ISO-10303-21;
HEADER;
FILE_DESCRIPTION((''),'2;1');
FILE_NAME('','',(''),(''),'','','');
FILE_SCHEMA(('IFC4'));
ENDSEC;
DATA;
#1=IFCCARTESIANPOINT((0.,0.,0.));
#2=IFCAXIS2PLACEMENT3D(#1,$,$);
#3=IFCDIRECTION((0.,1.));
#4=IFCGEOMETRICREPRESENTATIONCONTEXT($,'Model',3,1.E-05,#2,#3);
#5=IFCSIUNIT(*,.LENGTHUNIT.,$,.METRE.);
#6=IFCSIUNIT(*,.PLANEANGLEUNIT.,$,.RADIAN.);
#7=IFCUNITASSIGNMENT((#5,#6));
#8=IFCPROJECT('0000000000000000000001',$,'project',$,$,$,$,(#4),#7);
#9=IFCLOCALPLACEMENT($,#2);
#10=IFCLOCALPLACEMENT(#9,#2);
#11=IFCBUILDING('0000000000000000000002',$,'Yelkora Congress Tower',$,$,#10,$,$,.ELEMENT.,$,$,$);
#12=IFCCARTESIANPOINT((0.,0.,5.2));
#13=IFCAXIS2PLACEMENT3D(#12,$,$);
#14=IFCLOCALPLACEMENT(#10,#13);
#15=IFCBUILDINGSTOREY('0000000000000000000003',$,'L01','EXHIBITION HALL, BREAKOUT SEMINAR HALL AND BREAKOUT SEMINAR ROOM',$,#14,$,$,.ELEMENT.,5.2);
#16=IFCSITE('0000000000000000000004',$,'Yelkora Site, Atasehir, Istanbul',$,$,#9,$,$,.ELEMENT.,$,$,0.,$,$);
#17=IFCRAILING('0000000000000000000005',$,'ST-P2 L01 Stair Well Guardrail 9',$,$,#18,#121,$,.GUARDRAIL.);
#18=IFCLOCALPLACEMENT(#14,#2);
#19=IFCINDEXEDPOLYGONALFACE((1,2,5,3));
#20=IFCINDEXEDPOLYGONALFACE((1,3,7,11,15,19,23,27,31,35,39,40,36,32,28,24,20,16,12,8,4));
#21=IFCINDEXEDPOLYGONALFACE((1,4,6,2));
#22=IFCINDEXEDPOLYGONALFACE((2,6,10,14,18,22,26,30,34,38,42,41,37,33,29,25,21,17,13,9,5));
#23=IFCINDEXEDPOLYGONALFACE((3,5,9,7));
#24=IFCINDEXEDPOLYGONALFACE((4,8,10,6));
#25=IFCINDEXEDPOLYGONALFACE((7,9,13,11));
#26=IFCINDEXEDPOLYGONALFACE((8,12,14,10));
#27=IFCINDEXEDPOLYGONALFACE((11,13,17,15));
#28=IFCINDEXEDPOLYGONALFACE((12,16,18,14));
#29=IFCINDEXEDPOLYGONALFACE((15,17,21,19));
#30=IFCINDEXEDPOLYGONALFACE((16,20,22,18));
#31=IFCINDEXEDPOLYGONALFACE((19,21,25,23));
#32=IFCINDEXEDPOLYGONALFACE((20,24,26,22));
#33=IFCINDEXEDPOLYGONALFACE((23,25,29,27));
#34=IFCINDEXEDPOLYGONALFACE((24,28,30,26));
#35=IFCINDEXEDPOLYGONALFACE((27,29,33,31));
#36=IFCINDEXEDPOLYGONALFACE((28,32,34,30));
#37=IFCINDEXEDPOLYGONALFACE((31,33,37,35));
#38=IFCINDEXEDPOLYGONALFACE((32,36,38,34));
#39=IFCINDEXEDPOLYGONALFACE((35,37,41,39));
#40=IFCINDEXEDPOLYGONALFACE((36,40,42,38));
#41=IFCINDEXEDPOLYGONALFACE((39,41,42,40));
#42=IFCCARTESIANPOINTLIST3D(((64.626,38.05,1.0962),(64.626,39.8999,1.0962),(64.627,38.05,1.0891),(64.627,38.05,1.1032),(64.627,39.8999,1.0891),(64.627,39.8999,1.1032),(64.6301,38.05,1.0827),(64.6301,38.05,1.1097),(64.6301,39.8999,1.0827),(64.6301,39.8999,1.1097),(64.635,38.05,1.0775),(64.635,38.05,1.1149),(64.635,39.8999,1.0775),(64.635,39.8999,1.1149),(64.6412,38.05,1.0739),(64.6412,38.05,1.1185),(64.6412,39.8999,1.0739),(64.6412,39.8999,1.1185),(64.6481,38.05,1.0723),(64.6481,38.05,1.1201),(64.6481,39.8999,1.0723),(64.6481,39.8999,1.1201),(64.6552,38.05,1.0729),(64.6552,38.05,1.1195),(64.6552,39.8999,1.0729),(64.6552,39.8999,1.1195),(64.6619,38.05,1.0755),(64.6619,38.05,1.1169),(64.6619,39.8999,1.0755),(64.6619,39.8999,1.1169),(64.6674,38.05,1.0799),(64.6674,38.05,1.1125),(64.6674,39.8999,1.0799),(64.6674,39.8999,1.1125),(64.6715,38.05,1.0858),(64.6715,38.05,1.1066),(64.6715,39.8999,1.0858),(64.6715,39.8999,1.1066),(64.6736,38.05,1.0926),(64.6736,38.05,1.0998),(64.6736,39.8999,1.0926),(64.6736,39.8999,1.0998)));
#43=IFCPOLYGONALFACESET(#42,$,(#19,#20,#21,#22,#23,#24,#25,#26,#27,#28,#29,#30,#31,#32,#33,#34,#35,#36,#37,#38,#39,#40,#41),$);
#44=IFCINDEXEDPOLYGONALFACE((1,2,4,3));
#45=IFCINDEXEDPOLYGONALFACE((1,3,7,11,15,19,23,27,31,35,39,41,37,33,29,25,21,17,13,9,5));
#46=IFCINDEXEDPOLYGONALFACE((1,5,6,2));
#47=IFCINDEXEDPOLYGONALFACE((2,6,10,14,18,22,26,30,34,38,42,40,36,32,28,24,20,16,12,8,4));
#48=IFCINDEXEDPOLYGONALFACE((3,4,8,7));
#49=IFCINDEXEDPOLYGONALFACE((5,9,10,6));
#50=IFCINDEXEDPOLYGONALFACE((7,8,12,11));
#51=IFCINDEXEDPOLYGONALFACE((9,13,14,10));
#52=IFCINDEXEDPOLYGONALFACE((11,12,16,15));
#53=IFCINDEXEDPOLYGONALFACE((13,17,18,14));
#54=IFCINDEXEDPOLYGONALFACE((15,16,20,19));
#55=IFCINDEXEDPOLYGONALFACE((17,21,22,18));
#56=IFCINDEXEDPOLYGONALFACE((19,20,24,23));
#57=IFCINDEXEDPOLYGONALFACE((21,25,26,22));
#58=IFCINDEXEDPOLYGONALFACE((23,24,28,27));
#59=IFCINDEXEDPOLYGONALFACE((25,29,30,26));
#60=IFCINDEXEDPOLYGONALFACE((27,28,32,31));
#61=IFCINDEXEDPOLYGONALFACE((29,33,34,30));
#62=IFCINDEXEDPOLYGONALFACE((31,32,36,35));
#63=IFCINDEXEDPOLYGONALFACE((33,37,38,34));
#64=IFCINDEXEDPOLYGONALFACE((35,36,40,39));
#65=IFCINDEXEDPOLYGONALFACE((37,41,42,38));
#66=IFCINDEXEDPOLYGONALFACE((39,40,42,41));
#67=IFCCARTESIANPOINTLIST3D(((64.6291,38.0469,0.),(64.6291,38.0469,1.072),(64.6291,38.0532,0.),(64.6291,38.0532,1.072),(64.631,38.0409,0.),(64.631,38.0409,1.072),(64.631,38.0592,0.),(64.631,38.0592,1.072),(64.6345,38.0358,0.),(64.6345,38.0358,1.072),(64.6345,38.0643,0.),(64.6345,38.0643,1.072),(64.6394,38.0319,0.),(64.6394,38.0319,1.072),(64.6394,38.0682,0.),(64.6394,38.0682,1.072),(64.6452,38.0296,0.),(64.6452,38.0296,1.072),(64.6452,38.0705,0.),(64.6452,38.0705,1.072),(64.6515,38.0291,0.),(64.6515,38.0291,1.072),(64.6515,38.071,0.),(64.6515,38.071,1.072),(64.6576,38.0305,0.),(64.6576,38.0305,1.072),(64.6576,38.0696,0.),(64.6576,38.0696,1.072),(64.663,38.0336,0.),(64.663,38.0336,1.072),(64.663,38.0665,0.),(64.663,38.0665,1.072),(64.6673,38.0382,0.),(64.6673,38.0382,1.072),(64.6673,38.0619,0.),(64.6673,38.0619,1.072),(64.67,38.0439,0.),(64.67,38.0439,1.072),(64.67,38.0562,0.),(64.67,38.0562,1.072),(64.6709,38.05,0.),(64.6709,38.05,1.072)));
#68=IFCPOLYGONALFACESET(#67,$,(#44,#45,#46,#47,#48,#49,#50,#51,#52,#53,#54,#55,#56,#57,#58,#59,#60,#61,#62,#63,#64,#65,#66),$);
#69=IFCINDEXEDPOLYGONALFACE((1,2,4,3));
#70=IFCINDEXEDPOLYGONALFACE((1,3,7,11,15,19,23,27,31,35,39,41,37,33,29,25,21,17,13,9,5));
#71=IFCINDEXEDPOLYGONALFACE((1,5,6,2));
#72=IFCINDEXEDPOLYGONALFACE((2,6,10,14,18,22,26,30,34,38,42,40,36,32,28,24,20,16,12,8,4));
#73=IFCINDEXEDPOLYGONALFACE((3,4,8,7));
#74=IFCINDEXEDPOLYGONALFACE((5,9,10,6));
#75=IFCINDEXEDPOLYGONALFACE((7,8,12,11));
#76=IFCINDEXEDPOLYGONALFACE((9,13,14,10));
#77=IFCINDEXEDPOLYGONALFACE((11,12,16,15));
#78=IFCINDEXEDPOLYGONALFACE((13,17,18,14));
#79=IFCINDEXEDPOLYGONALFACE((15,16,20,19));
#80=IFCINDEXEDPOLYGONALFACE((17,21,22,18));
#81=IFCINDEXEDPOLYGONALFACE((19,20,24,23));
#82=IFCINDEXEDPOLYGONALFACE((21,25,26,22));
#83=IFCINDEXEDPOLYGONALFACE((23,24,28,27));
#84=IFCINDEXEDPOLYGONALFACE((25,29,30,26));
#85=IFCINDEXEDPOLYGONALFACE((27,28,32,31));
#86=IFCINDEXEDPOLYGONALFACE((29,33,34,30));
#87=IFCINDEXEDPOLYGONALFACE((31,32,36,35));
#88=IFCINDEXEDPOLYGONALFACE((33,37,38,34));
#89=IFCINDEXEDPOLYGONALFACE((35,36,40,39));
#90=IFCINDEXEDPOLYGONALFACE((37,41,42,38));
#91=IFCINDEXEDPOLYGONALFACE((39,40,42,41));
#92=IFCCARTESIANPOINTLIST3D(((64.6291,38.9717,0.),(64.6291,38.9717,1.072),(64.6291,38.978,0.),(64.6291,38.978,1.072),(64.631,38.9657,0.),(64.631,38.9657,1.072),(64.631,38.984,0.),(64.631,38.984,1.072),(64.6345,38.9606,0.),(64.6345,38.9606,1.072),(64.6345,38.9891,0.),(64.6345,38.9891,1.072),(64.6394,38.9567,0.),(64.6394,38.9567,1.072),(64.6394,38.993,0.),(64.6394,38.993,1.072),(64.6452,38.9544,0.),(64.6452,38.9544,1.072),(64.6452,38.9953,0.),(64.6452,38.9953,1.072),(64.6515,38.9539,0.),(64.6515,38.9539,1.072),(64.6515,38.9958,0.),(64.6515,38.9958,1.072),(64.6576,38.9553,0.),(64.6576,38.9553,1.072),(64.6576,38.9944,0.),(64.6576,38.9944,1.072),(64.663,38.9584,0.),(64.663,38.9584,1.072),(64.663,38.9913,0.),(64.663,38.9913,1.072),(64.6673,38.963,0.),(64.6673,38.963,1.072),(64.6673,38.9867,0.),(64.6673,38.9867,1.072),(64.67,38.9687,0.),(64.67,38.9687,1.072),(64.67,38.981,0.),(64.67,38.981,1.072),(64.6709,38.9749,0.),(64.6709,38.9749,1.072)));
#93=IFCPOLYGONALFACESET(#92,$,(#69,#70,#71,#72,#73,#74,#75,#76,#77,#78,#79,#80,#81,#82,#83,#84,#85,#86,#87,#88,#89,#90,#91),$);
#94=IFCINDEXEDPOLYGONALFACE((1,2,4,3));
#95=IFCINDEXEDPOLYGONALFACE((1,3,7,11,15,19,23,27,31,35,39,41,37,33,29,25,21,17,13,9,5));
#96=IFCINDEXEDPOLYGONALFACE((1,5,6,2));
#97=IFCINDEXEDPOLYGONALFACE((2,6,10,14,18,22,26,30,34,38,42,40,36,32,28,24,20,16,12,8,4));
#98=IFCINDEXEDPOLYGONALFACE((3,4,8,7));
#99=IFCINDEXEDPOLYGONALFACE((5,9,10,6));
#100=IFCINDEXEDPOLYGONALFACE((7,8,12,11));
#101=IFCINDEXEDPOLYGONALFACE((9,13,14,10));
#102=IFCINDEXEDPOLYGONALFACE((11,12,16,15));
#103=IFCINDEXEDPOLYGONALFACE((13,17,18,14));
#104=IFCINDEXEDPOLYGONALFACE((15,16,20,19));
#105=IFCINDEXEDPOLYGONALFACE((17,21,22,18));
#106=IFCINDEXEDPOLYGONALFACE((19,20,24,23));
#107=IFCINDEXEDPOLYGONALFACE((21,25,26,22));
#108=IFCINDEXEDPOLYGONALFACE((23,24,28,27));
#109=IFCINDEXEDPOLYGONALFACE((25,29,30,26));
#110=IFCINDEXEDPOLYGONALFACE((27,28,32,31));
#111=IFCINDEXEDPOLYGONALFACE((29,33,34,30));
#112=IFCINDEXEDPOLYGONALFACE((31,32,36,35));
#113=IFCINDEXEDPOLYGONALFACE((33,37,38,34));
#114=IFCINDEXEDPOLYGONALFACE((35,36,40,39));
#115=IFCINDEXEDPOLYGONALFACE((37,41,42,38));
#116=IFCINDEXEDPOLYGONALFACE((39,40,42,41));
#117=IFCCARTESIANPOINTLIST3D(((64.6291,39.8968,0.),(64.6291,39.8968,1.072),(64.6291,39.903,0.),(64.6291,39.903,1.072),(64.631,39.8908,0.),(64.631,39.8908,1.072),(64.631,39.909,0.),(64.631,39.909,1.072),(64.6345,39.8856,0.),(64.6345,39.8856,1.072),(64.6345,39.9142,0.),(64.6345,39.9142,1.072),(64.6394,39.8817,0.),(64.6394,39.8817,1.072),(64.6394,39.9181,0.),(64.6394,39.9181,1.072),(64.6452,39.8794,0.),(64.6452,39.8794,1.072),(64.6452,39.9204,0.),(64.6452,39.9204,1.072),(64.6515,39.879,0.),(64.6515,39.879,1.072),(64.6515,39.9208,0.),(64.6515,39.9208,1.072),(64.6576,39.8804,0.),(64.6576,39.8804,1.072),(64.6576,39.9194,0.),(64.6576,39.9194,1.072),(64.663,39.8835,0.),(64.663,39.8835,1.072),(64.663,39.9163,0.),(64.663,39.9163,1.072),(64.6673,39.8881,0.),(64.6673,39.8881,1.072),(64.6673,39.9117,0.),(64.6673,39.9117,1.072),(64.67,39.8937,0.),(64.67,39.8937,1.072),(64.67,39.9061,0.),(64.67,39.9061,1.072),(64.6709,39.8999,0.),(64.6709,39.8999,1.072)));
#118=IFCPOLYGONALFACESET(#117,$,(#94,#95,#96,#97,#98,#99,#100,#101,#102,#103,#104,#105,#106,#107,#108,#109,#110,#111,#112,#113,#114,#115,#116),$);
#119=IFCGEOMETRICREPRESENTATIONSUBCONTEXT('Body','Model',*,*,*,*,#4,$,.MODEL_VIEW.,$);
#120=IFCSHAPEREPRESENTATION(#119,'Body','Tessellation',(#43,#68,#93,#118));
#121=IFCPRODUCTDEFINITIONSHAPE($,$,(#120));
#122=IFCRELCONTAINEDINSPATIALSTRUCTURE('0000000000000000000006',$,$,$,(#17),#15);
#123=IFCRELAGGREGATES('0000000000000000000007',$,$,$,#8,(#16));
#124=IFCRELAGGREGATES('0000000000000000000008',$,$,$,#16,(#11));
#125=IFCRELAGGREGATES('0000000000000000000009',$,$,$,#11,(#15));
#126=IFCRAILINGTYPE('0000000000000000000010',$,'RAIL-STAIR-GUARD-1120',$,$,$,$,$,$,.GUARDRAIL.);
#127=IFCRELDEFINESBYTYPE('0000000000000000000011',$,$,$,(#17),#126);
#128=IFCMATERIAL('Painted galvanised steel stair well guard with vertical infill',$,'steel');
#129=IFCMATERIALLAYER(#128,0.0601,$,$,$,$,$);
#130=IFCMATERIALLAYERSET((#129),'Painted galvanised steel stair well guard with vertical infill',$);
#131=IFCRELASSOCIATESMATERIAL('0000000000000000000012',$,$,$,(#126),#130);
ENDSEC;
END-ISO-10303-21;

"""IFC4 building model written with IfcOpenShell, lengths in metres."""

from ifc_helpers import new_model, si_unit, direction, frame, origin, origin_2d, place, context, subcontext, project, spatial, circle, extrude, material, layer, layer_set, type_object, element, save


model = new_model("IFC4")

# Units and contexts
model_context = context("Model", 3, precision=1e-05, world=origin(), true_north=direction((0.0, 1.0)))
body_context = subcontext(model_context, "Body", "Model", "MODEL_VIEW")
ifc_project = project(units=[si_unit("LENGTHUNIT", "METRE"), si_unit("PLANEANGLEUNIT", "RADIAN")], contexts=[model_context])

# Site, building, storey
site_placement = place(None, origin())
site = spatial("IfcSite", under=ifc_project, at=site_placement, Name="Yelkora Site, Atasehir, Istanbul", CompositionType="ELEMENT", RefElevation=0.0)
building_placement = place(site_placement, origin())
building = spatial("IfcBuilding", under=site, at=building_placement, Name="Yelkora Congress Tower", CompositionType="ELEMENT")
storey_placement = place(building_placement, frame((0.0, 0.0, 5.2)))
storey = spatial("IfcBuildingStorey", under=building, at=storey_placement, Name="L01", Description="EXHIBITION HALL, BREAKOUT SEMINAR HALL AND BREAKOUT SEMINAR ROOM", CompositionType="ELEMENT", Elevation=5.2)

# Railing
ifc_material_1 = material(Name="Painted galvanised steel stair well guard with vertical infill", Category="steel")
ifc_layer_1 = layer(ifc_material_1, 0.0601)
ifc_layer_set_1 = layer_set([ifc_layer_1], Name="Painted galvanised steel stair well guard with vertical infill")
railing_type = type_object("IfcRailingType", Name="RAIL-STAIR-GUARD-1120", PredefinedType="GUARDRAIL", material=ifc_layer_set_1)
for number, where, name in (
    (1, (64.6499, 38.05, 0.0), "ST-P2 L01 Stair Well Guardrail 9"),
):
    element("IfcRailing", number, at=place(storey_placement, frame(where)), inside=storey, type_object=railing_type, Name=name, PredefinedType="GUARDRAIL", context=body_context, shape_type="SweptSolid", body=[
        extrude(circle(Radius=0.0239, at=origin_2d()), frame((0.0, 0.0, 1.0962), z_axis=(0.0, 1.0, 0.0), x_axis=(-1.0, 0.0, 0.0)), (0.0, 0.0, 1.0), 1.8499),
        extrude(circle(Radius=0.021, at=origin_2d()), origin(), (0.0, 0.0, 1.0), 1.072),
        extrude(circle(Radius=0.021, at=origin_2d()), frame((0.0, 0.9248, 0.0)), (0.0, 0.0, 1.0), 1.072),
        extrude(circle(Radius=0.021, at=origin_2d()), frame((0.0, 1.8499, 0.0)), (0.0, 0.0, 1.0), 1.072),
    ])

save(model, "model.ifc")
